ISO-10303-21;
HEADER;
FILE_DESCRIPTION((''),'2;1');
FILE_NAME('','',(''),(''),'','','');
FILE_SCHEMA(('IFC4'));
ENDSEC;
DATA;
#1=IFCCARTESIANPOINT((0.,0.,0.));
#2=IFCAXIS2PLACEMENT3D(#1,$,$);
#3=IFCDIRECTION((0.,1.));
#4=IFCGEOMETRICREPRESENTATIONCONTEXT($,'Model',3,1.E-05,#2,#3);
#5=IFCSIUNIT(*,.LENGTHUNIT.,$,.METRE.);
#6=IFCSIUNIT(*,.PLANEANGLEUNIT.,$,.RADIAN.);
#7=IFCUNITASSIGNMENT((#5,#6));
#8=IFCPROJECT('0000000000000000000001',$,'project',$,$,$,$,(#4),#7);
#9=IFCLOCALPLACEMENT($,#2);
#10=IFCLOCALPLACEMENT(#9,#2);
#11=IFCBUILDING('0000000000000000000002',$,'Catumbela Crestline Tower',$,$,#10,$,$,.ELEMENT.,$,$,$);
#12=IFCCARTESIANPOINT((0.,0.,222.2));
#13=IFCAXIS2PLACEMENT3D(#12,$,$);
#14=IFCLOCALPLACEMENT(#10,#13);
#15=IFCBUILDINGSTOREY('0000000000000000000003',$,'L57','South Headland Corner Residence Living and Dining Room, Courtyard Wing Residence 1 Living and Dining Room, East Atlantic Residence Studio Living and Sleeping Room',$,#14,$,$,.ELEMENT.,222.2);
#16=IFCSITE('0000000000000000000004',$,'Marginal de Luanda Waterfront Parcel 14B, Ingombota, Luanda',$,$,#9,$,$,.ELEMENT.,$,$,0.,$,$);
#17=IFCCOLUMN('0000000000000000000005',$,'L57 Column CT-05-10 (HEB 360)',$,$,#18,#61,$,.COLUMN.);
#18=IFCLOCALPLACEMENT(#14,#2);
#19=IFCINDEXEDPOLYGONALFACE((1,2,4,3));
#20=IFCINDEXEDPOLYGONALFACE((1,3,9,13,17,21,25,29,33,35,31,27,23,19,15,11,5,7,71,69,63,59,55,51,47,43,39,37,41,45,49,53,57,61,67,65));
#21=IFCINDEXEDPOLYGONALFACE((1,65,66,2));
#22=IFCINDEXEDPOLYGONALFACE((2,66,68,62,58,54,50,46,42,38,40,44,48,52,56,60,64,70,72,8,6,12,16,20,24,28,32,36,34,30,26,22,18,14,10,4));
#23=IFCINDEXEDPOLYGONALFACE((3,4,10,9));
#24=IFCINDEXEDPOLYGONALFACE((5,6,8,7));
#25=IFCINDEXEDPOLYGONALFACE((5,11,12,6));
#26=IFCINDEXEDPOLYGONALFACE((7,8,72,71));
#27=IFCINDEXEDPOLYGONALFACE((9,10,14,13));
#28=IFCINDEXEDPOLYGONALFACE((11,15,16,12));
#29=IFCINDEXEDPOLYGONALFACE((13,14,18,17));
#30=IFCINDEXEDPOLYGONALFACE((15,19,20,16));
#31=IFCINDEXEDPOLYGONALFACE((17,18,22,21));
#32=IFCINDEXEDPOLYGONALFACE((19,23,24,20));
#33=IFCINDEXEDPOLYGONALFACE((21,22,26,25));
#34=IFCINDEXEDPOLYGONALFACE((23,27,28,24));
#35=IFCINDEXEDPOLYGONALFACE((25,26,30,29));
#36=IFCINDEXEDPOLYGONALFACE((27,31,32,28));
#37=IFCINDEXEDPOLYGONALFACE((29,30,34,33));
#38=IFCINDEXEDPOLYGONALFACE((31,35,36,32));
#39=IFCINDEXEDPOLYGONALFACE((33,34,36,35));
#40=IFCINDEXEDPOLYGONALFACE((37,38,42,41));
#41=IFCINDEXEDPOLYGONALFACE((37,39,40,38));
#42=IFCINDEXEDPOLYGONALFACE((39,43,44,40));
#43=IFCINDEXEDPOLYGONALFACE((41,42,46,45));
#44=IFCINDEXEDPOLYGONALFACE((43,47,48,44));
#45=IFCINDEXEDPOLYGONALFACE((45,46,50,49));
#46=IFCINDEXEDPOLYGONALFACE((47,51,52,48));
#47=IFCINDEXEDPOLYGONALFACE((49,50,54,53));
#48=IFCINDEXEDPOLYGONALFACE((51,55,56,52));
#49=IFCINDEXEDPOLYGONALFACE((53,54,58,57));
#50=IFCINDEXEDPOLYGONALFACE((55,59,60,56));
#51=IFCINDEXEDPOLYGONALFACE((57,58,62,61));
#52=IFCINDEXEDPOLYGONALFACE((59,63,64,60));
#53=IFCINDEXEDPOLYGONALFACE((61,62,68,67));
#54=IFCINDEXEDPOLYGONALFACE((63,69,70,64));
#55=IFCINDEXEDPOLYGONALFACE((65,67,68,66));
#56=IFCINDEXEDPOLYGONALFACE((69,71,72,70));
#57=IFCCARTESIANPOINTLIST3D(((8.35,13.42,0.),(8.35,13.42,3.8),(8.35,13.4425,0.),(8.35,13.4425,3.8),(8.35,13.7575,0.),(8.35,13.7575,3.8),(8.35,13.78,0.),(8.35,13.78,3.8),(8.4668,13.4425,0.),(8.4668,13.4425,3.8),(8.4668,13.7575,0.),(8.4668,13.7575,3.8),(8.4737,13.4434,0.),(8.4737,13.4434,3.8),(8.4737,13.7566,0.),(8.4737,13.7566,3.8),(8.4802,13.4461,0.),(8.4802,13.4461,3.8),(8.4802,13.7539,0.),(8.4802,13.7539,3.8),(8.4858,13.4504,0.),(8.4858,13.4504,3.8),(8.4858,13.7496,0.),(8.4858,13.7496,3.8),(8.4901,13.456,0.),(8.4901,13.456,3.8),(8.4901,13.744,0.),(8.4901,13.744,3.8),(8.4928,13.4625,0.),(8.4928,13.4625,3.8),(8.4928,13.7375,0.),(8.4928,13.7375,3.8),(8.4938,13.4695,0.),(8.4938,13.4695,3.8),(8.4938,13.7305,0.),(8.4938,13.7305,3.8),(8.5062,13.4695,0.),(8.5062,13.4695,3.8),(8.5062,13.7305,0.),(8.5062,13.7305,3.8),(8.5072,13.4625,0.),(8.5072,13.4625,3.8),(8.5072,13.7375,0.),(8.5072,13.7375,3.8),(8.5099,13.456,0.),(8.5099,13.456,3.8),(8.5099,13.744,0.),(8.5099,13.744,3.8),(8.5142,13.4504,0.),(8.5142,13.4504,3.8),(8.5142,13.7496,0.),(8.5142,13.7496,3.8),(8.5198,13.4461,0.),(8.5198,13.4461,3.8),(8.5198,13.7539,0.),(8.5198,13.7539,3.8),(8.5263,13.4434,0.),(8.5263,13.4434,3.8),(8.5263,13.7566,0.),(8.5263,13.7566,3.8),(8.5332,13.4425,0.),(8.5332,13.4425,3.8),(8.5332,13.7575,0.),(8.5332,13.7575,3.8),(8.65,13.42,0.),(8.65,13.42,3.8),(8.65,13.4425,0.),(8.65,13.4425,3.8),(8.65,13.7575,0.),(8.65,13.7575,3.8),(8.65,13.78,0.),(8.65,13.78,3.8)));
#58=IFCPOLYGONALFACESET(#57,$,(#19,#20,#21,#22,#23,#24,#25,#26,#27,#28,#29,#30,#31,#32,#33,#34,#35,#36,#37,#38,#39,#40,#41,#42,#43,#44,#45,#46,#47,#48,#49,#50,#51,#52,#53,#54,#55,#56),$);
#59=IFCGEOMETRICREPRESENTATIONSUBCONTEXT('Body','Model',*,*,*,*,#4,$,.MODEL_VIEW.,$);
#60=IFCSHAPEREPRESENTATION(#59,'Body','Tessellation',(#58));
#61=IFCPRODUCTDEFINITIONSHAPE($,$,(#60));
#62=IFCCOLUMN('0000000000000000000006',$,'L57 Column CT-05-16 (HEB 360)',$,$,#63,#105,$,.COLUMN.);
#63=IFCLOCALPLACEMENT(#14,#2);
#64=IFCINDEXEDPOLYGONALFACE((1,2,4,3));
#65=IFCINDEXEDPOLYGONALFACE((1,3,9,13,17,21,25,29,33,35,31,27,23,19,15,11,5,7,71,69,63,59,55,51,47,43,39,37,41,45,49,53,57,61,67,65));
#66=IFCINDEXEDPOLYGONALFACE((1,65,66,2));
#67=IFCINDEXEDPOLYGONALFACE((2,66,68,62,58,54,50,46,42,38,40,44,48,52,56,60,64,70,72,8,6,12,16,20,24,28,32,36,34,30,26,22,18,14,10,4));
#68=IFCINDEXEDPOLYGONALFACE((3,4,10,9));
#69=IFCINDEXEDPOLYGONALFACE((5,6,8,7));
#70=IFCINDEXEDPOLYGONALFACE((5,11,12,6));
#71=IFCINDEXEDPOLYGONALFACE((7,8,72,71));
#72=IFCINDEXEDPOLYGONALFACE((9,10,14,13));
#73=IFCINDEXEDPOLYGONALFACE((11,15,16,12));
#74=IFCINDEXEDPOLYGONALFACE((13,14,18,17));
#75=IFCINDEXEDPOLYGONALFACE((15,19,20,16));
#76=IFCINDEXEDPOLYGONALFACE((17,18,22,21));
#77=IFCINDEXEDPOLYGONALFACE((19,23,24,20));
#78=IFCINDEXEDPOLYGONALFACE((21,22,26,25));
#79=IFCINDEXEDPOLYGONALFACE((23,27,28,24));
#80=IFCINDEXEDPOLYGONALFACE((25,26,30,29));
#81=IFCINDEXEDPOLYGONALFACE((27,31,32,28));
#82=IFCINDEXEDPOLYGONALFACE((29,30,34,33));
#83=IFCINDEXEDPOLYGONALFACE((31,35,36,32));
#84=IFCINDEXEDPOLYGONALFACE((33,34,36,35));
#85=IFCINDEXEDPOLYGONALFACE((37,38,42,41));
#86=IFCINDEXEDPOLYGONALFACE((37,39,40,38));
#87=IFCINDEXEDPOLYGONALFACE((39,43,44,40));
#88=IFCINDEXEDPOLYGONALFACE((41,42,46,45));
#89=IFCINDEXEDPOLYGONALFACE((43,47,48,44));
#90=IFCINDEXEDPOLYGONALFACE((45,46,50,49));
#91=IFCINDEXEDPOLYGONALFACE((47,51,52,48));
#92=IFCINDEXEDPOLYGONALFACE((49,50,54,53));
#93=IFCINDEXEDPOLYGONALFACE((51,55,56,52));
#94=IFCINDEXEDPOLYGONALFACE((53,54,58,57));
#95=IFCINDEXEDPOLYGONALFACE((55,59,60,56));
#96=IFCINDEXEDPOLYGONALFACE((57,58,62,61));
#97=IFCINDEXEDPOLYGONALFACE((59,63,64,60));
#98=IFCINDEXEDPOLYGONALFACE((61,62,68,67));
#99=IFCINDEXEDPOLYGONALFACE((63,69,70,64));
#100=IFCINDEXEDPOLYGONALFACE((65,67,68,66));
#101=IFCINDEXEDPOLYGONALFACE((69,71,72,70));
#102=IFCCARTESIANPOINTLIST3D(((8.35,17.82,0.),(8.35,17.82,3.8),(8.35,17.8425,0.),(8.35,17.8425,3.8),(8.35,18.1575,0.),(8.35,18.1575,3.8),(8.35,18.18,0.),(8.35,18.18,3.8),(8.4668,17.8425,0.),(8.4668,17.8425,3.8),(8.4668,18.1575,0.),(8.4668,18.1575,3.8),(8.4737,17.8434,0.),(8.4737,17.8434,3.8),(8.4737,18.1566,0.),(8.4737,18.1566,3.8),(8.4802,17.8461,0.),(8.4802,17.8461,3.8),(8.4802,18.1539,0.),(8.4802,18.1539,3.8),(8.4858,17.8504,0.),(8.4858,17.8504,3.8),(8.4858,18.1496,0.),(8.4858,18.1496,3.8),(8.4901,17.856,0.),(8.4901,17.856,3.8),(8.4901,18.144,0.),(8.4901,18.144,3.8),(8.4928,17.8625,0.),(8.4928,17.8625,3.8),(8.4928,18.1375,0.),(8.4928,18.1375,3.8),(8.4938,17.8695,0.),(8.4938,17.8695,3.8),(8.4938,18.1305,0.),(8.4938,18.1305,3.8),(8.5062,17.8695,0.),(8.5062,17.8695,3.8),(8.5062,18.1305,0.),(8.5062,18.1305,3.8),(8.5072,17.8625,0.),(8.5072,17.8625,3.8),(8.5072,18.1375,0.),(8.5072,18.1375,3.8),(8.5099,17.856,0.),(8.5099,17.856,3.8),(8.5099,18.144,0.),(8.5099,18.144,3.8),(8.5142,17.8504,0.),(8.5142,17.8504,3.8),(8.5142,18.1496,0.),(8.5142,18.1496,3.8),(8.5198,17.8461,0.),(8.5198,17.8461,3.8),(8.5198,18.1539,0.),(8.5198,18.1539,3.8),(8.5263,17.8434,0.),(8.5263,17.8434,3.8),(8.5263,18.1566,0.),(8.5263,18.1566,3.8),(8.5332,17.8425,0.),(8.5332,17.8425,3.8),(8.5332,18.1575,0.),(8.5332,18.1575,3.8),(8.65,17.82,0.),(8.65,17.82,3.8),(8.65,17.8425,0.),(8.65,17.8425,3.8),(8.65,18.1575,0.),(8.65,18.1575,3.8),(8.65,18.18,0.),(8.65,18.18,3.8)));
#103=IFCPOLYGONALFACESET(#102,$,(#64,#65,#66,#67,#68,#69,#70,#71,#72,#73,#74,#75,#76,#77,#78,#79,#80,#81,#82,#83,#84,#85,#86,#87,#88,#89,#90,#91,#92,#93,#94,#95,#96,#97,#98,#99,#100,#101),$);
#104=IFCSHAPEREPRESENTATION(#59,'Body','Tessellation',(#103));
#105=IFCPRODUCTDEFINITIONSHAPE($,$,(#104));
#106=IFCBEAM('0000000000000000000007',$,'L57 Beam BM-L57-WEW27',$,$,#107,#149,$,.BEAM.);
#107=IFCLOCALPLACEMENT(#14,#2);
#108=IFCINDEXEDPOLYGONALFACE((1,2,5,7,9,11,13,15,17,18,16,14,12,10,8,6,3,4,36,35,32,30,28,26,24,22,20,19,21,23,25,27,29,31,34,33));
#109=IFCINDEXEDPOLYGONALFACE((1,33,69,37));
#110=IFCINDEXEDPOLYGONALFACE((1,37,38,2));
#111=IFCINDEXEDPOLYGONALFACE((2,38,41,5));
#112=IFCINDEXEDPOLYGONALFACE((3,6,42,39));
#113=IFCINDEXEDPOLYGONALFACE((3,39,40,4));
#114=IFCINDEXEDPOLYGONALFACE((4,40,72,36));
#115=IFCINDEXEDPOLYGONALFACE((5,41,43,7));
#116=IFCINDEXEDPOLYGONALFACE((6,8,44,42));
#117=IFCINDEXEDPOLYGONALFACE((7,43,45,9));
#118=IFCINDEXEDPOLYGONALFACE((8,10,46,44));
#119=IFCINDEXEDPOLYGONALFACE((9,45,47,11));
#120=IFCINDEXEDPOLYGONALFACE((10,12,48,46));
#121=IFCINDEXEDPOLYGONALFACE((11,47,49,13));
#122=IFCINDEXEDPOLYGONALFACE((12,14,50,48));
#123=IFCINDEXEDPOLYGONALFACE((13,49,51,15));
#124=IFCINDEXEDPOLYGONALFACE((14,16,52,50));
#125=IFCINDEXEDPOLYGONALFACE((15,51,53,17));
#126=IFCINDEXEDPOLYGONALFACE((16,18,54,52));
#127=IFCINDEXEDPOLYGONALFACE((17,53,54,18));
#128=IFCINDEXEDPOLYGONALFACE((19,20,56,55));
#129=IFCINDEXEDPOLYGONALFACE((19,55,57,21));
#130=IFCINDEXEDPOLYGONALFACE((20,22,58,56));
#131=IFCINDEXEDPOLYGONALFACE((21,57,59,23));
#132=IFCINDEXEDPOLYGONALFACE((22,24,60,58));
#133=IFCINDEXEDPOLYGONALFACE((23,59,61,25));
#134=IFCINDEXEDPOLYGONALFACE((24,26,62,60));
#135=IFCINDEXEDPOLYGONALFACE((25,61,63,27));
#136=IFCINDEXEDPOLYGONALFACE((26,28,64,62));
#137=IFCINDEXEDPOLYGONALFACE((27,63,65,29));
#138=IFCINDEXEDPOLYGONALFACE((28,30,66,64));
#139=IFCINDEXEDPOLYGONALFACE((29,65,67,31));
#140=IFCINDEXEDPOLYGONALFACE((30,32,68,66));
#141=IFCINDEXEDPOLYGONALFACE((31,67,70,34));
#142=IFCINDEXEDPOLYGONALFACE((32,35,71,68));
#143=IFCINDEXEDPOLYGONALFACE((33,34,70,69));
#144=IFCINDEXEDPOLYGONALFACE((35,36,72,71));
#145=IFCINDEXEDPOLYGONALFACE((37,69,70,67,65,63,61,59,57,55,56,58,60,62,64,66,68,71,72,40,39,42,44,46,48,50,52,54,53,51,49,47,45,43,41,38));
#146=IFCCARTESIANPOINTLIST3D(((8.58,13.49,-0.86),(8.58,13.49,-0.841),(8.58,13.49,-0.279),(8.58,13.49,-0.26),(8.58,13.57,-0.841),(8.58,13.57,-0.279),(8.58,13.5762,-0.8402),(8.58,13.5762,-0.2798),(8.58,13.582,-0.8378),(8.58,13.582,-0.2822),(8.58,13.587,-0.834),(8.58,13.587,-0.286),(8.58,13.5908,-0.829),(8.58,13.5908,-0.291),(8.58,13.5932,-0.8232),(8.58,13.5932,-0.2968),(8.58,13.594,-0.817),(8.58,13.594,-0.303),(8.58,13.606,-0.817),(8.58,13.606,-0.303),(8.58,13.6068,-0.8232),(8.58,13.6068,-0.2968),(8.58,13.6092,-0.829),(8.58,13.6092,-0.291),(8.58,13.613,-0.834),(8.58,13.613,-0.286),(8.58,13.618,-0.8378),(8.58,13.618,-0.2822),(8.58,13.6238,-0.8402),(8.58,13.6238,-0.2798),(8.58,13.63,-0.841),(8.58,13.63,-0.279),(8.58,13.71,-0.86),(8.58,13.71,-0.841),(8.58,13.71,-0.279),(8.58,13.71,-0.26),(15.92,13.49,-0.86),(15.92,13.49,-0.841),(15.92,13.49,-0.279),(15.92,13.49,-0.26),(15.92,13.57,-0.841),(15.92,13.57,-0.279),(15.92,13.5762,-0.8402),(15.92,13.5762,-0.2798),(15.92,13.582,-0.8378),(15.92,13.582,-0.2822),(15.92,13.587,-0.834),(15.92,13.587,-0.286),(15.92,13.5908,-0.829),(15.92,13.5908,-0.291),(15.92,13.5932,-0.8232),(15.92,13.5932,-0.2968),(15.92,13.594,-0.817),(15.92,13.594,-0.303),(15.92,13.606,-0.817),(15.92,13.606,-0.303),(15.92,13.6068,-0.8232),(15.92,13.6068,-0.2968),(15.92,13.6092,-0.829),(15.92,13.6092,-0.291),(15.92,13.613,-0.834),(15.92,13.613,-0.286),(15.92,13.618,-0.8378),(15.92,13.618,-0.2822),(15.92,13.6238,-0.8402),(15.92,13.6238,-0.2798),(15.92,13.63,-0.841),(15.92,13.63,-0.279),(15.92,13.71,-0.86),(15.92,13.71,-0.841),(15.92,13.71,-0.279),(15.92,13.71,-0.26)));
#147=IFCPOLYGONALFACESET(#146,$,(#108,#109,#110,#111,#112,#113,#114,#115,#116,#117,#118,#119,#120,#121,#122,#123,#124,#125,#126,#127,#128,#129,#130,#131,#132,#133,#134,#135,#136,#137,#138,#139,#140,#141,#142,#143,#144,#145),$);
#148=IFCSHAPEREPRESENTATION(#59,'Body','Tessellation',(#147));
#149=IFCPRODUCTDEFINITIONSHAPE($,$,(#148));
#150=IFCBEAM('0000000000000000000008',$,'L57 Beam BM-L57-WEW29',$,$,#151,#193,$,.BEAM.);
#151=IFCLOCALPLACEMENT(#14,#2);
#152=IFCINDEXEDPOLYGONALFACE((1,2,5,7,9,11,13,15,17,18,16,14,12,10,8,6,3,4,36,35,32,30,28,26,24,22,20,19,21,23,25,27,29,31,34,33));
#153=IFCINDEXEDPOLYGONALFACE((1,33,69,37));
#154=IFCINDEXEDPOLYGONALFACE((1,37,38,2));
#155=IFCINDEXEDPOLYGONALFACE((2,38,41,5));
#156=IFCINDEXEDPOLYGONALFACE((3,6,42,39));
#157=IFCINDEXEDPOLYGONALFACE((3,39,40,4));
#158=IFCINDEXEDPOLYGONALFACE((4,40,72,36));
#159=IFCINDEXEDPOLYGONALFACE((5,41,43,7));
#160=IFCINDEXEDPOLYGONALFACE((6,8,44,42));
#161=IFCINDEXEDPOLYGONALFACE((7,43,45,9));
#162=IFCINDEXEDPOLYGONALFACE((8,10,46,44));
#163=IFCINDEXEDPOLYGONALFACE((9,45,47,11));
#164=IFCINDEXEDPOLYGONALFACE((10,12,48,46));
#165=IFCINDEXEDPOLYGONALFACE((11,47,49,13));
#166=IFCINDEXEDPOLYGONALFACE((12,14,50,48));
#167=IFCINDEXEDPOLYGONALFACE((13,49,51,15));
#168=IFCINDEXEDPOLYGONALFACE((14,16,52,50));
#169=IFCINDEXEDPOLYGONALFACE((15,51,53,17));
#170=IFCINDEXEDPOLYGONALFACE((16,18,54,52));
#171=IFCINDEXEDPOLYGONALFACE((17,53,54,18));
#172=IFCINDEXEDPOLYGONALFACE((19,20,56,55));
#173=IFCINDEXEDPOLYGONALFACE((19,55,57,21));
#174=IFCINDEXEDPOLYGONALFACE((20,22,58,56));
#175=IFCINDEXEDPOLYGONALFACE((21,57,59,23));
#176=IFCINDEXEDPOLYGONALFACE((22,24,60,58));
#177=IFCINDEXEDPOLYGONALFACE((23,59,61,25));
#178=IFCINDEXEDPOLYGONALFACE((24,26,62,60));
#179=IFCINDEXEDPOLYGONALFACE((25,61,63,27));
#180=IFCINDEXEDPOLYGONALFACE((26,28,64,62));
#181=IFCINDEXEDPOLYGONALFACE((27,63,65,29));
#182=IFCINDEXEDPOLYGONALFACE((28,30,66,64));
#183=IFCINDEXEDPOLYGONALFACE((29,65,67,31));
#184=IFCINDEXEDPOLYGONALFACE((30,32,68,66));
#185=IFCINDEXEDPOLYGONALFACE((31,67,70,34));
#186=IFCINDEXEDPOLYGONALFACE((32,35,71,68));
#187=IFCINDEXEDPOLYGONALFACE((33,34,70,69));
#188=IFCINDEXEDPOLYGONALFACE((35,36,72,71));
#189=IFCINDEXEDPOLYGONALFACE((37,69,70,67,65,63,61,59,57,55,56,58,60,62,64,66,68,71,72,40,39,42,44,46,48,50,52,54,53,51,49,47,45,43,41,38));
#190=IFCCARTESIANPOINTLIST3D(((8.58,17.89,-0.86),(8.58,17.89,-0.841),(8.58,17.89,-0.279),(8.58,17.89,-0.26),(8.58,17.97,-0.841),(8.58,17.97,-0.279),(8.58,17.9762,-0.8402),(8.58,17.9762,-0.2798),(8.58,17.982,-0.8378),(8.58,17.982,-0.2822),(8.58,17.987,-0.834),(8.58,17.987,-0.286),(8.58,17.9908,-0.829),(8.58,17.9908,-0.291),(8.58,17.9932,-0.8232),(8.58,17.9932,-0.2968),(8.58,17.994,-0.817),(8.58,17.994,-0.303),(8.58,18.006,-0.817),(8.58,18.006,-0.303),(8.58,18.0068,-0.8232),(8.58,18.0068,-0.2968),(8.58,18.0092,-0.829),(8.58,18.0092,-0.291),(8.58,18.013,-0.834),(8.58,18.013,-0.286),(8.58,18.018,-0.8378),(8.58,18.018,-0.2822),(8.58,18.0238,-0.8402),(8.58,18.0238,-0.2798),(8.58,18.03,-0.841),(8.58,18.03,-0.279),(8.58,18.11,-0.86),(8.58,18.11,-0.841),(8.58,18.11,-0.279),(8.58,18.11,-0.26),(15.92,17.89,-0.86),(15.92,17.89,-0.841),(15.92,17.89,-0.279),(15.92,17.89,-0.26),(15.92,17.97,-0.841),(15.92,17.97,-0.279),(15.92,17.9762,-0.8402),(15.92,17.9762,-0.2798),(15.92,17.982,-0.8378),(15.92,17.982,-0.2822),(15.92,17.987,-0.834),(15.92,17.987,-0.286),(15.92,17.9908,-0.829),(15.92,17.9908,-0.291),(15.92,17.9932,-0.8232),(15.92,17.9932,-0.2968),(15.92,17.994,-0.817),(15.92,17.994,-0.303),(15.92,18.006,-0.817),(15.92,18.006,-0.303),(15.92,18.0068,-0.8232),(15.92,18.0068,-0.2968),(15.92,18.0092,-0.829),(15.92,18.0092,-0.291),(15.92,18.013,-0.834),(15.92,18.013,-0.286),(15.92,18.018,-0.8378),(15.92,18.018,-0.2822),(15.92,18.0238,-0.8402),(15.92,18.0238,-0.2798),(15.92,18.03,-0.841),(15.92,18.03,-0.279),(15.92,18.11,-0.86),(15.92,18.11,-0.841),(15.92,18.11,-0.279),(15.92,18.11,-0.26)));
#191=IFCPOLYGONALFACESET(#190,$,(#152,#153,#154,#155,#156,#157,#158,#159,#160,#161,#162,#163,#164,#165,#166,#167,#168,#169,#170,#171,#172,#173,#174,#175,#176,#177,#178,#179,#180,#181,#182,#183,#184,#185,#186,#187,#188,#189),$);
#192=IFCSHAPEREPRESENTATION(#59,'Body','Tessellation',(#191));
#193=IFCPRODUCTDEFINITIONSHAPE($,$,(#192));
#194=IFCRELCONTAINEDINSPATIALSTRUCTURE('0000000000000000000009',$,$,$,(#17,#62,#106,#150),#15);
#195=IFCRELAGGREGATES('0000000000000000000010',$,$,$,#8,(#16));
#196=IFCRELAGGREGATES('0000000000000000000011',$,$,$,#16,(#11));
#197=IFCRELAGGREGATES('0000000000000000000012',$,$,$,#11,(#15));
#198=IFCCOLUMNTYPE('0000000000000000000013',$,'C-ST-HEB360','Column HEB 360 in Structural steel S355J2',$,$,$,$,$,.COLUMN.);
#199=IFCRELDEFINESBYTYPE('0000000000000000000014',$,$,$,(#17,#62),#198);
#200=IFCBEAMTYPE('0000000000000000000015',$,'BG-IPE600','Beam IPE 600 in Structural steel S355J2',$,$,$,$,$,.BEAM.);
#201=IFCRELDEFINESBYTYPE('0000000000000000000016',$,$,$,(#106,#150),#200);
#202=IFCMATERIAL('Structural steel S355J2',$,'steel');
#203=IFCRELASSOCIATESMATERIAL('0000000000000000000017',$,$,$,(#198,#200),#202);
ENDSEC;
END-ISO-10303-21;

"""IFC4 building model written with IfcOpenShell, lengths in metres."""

from ifc_helpers import new_model, si_unit, direction, frame, origin, origin_2d, place, context, subcontext, project, spatial, i_section, extrude, material, material_profile, profile_set, type_object, element, save


model = new_model("IFC4")

# Units and contexts
model_context = context("Model", 3, precision=1e-05, world=origin(), true_north=direction((0.0, 1.0)))
body_context = subcontext(model_context, "Body", "Model", "MODEL_VIEW")
ifc_project = project(units=[si_unit("LENGTHUNIT", "METRE"), si_unit("PLANEANGLEUNIT", "RADIAN")], contexts=[model_context])

# Site, building, storey
site_placement = place(None, origin())
site = spatial("IfcSite", under=ifc_project, at=site_placement, Name="Marginal de Luanda Waterfront Parcel 14B, Ingombota, Luanda", CompositionType="ELEMENT", RefElevation=0.0)
building_placement = place(site_placement, origin())
building = spatial("IfcBuilding", under=site, at=building_placement, Name="Catumbela Crestline Tower", CompositionType="ELEMENT")
storey_placement = place(building_placement, frame((0.0, 0.0, 222.2)))
storey = spatial("IfcBuildingStorey", under=building, at=storey_placement, Name="L57", Description="South Headland Corner Residence Living and Dining Room, Courtyard Wing Residence 1 Living and Dining Room, East Atlantic Residence Studio Living and Sleeping Room", CompositionType="ELEMENT", Elevation=222.2)

# Columns
ifc_material_1 = material(Name="Structural steel S355J2", Category="steel")
ifc_material_profile_1 = material_profile(ifc_material_1, i_section(OverallWidth=0.3, OverallDepth=0.36, WebThickness=0.0125, FlangeThickness=0.0225, FilletRadius=0.027, at=origin_2d()), Name="HEB 360")
ifc_profile_set_1 = profile_set([ifc_material_profile_1], Name="Structural steel S355J2")
column_type = type_object("IfcColumnType", Name="C-ST-HEB360", Description="Column HEB 360 in Structural steel S355J2", PredefinedType="COLUMN", material=ifc_profile_set_1)
for number, where, z_axis, x_axis, name in (
    (1, (8.5, 13.6, 0.0), (0.0, 0.0, 1.0), (1.0, 0.0, 0.0), "L57 Column CT-05-10 (HEB 360)"),
    (2, (8.5, 18.0, 0.0), (0.0, 0.0, 1.0), (1.0, 0.0, 0.0), "L57 Column CT-05-16 (HEB 360)"),
):
    element("IfcColumn", number, at=place(storey_placement, frame(where, z_axis=z_axis, x_axis=x_axis)), inside=storey, type_object=column_type, Name=name, PredefinedType="COLUMN", context=body_context, shape_type="SweptSolid", body=[
        extrude(i_section(OverallWidth=0.3, OverallDepth=0.36, WebThickness=0.0125, FlangeThickness=0.0225, FilletRadius=0.027, at=origin_2d()), origin(), (0.0, 0.0, 1.0), 3.8),
    ])

# Beams
ifc_material_profile_2 = material_profile(ifc_material_1, i_section(OverallWidth=0.22, OverallDepth=0.6, WebThickness=0.012, FlangeThickness=0.019, FilletRadius=0.024, at=origin_2d()), Name="IPE 600")
ifc_profile_set_2 = profile_set([ifc_material_profile_2], Name="Structural steel S355J2")
beam_type = type_object("IfcBeamType", Name="BG-IPE600", Description="Beam IPE 600 in Structural steel S355J2", PredefinedType="BEAM", material=ifc_profile_set_2)
for number, where, z_axis, x_axis, name in (
    (3, (8.58, 13.6, -0.56), (1.0, 0.0, 0.0), (0.0, 1.0, 0.0), "L57 Beam BM-L57-WEW27"),
    (4, (8.58, 18.0, -0.56), (1.0, 0.0, 0.0), (0.0, 1.0, 0.0), "L57 Beam BM-L57-WEW29"),
):
    element("IfcBeam", number, at=place(storey_placement, frame(where, z_axis=z_axis, x_axis=x_axis)), inside=storey, type_object=beam_type, Name=name, PredefinedType="BEAM", context=body_context, shape_type="SweptSolid", body=[
        extrude(i_section(OverallWidth=0.22, OverallDepth=0.6, WebThickness=0.012, FlangeThickness=0.019, FilletRadius=0.024, at=origin_2d()), origin(), (0.0, 0.0, 1.0), 7.34),
    ])

save(model, "model.ifc")
